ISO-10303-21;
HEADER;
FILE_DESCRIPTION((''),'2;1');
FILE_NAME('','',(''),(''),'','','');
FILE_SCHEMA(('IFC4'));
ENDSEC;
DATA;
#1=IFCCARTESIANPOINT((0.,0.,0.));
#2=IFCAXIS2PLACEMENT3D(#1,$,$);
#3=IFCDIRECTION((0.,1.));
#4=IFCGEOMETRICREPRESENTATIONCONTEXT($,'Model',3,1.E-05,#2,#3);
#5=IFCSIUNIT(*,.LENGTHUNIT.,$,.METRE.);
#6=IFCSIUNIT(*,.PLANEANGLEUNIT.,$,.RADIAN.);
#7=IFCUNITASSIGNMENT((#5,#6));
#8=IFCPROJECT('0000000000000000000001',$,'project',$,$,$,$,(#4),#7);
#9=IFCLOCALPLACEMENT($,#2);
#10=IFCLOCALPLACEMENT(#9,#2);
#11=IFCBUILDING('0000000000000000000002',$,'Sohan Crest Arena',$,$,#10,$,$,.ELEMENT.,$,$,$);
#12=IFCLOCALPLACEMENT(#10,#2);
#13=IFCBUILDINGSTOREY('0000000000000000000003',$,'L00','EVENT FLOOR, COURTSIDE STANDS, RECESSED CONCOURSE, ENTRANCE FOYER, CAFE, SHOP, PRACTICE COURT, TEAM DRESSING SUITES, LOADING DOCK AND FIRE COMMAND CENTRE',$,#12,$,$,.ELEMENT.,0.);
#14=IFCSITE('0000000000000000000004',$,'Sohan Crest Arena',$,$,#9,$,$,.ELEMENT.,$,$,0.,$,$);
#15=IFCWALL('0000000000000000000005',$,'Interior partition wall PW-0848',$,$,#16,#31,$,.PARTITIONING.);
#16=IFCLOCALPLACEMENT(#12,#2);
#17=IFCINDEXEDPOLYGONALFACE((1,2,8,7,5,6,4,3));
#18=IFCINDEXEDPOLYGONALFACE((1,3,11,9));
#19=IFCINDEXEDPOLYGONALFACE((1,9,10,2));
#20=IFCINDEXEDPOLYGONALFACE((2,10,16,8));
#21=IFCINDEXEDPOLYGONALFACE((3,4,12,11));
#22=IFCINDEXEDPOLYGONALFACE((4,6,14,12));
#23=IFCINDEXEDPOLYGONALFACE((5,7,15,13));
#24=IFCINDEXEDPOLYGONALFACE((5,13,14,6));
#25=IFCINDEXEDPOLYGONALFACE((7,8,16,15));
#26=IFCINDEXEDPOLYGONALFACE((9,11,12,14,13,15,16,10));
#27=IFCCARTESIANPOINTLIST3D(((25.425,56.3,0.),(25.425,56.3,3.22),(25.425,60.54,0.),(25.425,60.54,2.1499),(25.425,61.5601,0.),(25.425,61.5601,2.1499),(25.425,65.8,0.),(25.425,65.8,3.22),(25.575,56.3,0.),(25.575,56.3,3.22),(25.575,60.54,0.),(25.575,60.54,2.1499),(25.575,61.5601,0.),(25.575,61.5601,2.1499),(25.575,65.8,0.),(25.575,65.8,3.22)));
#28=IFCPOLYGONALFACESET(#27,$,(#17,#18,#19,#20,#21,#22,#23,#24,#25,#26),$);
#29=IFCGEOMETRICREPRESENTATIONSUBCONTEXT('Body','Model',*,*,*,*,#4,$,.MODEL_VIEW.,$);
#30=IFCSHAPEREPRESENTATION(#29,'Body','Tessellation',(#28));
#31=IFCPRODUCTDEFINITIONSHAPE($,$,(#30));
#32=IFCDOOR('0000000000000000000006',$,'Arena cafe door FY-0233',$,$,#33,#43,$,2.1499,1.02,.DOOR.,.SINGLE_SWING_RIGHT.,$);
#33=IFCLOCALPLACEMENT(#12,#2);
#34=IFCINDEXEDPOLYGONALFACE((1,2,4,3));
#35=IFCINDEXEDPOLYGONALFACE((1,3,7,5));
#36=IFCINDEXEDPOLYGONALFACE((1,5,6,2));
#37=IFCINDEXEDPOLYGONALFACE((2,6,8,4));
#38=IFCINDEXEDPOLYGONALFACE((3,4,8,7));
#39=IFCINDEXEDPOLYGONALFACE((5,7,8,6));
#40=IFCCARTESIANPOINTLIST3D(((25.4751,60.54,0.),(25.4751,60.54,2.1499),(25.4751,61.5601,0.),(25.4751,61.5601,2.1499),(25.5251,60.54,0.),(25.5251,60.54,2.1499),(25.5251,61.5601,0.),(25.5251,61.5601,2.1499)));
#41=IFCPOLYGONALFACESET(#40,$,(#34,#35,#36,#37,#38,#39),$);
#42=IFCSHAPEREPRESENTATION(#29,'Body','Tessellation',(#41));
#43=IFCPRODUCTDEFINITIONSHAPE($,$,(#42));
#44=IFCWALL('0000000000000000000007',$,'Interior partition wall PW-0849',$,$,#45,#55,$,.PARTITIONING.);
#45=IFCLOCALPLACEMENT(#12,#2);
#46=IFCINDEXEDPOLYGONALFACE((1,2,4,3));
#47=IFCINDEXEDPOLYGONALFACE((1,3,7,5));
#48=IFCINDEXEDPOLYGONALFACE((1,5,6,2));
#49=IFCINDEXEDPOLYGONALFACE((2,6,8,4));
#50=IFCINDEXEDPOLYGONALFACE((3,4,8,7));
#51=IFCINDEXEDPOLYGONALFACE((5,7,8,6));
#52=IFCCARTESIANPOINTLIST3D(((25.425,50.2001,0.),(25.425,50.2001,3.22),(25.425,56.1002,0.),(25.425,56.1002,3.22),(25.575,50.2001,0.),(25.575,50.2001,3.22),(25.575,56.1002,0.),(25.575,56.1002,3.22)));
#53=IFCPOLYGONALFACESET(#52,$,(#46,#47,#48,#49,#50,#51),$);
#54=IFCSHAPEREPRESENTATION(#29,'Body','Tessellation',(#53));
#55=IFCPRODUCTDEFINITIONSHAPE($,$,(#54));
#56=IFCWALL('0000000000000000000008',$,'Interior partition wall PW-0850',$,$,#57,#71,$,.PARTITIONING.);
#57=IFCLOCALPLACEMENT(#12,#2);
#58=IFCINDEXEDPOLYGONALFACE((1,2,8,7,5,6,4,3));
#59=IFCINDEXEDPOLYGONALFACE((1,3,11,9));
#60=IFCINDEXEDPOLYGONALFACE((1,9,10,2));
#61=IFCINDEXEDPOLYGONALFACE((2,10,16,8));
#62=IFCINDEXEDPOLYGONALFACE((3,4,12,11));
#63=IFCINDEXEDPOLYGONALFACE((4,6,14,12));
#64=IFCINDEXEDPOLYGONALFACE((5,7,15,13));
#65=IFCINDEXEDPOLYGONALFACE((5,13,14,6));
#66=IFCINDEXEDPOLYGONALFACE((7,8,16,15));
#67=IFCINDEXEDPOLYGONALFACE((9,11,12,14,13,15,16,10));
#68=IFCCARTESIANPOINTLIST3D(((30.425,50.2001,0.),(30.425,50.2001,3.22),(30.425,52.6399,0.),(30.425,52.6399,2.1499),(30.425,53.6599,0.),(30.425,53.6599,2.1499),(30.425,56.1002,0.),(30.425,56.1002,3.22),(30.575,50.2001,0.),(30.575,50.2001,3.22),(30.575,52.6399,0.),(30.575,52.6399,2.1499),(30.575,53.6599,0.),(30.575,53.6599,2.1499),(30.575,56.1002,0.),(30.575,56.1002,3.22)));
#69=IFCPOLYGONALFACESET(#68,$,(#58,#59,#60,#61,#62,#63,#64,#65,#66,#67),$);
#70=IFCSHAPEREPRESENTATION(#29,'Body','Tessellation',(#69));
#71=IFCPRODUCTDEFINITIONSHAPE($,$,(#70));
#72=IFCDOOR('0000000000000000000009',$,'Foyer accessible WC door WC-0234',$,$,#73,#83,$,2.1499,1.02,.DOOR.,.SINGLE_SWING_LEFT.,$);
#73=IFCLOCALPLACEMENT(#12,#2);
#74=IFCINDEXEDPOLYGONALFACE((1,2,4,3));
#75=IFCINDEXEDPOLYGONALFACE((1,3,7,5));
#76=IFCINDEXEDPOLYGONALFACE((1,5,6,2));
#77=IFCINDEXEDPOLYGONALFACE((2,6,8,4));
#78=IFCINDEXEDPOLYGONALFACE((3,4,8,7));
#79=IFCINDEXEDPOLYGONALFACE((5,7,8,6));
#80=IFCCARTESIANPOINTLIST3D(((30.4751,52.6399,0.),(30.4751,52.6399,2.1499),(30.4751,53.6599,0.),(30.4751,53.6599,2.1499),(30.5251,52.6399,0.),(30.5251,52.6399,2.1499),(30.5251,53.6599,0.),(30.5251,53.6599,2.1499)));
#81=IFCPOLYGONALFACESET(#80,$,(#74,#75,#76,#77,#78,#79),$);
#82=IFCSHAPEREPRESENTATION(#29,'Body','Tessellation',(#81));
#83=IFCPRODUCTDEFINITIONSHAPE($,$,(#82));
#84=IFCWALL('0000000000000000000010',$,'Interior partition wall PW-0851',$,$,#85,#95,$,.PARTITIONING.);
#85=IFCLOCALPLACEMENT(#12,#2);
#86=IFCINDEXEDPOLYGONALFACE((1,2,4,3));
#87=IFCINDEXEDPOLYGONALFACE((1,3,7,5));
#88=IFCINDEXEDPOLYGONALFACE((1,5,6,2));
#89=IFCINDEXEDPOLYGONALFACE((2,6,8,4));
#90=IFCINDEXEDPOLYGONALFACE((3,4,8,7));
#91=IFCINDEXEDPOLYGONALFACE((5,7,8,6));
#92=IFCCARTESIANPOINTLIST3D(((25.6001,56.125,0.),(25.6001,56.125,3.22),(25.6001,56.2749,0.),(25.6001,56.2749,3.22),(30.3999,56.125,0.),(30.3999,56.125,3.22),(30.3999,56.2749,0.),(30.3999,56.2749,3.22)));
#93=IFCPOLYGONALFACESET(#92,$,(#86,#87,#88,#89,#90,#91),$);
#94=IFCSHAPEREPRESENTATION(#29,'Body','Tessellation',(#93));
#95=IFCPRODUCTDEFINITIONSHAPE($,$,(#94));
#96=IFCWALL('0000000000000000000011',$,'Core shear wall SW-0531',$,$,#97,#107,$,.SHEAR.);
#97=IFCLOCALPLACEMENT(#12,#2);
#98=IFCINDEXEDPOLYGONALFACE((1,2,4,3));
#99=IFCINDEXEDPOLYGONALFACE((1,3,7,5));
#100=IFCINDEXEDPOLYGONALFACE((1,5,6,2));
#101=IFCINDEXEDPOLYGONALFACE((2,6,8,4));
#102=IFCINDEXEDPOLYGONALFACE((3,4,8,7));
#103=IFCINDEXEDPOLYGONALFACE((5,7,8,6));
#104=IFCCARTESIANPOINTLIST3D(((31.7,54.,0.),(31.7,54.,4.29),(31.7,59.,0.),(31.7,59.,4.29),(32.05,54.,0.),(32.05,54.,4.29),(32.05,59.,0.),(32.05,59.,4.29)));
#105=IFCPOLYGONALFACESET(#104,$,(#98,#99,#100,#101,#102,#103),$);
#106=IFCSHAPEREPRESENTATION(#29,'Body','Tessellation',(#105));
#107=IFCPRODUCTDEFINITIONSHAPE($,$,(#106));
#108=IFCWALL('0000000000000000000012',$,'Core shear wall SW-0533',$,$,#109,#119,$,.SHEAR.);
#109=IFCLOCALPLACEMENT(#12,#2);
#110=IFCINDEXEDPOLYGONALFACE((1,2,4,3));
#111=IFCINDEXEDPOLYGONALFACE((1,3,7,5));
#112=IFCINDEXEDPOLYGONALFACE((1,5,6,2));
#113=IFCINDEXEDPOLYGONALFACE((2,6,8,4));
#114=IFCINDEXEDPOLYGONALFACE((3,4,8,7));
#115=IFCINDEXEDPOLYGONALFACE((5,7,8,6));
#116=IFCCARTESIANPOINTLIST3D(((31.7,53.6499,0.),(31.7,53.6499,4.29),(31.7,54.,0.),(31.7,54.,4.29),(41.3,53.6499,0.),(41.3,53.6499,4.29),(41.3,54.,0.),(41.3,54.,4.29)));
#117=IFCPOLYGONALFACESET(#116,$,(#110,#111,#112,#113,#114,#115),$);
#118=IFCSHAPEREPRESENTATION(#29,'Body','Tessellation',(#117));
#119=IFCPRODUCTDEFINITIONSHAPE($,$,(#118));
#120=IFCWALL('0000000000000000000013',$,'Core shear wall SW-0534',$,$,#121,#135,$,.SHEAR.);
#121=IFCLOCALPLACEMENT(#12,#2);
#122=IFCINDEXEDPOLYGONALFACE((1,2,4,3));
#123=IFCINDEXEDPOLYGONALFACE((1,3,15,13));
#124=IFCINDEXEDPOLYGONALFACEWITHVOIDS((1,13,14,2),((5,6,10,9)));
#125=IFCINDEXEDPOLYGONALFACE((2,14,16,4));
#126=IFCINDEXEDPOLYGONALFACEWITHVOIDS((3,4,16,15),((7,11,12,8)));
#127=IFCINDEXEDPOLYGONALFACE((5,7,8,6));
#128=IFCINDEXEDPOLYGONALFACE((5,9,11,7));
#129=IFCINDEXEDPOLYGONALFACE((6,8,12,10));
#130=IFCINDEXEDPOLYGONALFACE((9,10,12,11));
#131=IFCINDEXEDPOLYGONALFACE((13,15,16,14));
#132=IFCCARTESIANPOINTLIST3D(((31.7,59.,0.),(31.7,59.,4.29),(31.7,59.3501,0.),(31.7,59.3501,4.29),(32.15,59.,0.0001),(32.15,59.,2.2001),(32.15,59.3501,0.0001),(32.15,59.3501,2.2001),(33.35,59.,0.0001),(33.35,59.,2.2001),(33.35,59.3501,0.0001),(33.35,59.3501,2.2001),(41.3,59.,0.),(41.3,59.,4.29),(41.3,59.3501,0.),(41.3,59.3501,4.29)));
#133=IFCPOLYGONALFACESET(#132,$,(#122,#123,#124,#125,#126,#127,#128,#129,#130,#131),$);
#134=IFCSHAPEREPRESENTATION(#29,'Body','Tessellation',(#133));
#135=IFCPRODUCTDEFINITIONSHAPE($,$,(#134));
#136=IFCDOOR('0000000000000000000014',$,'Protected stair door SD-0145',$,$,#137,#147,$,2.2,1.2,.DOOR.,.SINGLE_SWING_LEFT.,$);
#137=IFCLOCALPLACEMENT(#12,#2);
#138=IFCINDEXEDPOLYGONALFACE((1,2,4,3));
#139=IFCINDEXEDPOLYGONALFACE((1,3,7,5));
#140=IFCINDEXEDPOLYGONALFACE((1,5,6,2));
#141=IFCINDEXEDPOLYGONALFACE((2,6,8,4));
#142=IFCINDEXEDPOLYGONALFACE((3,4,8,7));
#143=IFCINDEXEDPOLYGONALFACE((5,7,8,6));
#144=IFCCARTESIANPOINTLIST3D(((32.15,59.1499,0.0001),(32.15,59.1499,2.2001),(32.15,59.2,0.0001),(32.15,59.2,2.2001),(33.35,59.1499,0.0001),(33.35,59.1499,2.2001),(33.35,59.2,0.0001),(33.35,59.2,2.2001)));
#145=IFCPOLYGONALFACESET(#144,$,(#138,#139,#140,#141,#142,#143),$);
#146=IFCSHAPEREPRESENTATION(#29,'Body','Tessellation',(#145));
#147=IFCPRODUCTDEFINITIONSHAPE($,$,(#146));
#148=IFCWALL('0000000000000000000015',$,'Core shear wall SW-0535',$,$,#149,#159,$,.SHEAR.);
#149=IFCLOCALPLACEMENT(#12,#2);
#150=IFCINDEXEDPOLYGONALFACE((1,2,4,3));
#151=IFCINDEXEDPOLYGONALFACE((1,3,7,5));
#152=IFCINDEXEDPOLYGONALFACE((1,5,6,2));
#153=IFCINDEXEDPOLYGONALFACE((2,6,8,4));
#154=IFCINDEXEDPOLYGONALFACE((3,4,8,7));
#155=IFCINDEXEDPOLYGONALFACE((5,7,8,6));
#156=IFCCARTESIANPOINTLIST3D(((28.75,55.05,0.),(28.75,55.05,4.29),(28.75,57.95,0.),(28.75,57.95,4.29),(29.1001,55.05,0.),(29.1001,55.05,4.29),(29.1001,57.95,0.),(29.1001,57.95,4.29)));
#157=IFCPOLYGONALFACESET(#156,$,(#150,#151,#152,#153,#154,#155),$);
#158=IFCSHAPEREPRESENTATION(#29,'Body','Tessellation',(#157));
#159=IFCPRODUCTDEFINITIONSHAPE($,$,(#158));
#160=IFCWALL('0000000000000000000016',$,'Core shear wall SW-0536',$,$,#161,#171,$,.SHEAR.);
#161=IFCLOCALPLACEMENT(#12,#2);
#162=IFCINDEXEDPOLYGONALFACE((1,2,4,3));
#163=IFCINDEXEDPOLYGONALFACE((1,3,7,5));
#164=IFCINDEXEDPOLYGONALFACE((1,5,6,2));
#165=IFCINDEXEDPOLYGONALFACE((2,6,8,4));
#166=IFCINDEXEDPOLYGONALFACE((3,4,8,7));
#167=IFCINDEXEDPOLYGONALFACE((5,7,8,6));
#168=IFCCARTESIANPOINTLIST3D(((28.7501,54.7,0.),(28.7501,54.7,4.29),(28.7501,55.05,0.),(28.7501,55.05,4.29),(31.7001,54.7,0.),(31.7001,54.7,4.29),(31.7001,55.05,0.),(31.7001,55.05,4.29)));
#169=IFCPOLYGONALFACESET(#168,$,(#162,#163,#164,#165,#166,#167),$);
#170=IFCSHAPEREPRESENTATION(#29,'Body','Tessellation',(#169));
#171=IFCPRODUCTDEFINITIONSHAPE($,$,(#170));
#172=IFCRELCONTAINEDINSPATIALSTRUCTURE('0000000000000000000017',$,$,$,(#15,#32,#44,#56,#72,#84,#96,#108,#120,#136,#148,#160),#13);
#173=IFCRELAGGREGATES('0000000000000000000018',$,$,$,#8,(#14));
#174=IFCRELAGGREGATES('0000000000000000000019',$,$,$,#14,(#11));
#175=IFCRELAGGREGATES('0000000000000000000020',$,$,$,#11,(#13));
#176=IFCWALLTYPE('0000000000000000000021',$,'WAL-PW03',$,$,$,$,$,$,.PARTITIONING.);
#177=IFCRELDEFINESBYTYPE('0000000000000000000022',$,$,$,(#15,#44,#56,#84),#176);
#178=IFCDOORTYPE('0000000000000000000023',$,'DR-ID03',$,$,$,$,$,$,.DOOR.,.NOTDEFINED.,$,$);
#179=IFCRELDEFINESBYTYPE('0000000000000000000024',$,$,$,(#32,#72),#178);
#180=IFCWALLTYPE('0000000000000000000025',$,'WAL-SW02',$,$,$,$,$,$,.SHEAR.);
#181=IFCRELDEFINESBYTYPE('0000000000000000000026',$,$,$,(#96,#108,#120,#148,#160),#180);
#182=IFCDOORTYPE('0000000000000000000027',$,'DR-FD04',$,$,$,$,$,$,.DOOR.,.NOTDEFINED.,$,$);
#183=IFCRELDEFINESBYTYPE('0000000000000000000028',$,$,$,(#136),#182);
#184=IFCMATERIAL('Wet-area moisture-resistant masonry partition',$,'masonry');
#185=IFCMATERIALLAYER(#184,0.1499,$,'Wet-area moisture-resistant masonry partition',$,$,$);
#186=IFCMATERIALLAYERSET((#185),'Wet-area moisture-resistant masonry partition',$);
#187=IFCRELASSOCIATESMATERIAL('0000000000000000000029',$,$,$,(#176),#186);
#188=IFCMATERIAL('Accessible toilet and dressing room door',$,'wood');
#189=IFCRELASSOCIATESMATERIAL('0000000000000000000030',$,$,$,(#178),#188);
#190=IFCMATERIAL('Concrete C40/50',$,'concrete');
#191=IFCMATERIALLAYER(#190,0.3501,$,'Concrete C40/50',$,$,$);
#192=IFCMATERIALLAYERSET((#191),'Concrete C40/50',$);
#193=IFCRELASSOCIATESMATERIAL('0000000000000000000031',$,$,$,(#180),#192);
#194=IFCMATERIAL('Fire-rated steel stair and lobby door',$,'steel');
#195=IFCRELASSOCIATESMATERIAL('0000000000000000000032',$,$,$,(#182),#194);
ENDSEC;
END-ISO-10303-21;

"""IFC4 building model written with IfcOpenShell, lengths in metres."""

from ifc_helpers import new_model, si_unit, direction, frame, frame_2d, origin, place, context, subcontext, project, spatial, rectangle, extrude, material, layer, layer_set, type_object, element, fill, save


model = new_model("IFC4")

# Units and contexts
model_context = context("Model", 3, precision=1e-05, world=origin(), true_north=direction((0.0, 1.0)))
body_context = subcontext(model_context, "Body", "Model", "MODEL_VIEW")
ifc_project = project(units=[si_unit("LENGTHUNIT", "METRE"), si_unit("PLANEANGLEUNIT", "RADIAN")], contexts=[model_context])

# Site, building, storey
site_placement = place(None, origin())
site = spatial("IfcSite", under=ifc_project, at=site_placement, Name="Sohan Crest Arena", CompositionType="ELEMENT", RefElevation=0.0)
building_placement = place(site_placement, origin())
building = spatial("IfcBuilding", under=site, at=building_placement, Name="Sohan Crest Arena", CompositionType="ELEMENT")
storey_placement = place(building_placement, origin())
storey = spatial("IfcBuildingStorey", under=building, at=storey_placement, Name="L00", Description="EVENT FLOOR, COURTSIDE STANDS, RECESSED CONCOURSE, ENTRANCE FOYER, CAFE, SHOP, PRACTICE COURT, TEAM DRESSING SUITES, LOADING DOCK AND FIRE COMMAND CENTRE", CompositionType="ELEMENT", Elevation=0.0)

# Shared definitions
ifc_material_1 = material(Name="Concrete C40/50", Category="concrete")

# Wall, opening, door
ifc_material_2 = material(Name="Wet-area moisture-resistant masonry partition", Category="masonry")
ifc_layer_1 = layer(ifc_material_2, 0.1499, Name="Wet-area moisture-resistant masonry partition")
ifc_layer_set_1 = layer_set([ifc_layer_1], Name="Wet-area moisture-resistant masonry partition")
wall_type_1 = type_object("IfcWallType", Name="WAL-PW03", PredefinedType="PARTITIONING", material=ifc_layer_set_1)
wall_1_placement = place(storey_placement, frame((25.5, 56.3, 0.0), z_axis=(0.0, 0.0, 1.0), x_axis=(0.0, 1.0, 0.0)))
wall_1 = element("IfcWall", 1, at=wall_1_placement, inside=storey, type_object=wall_type_1, Name="Interior partition wall PW-0848", PredefinedType="PARTITIONING", context=body_context, shape_type="SweptSolid", body=[
    extrude(rectangle(XDim=9.5, YDim=0.1499, at=frame_2d((4.75, 0.0))), origin(), (0.0, 0.0, 1.0), 3.22),
])
opening_1_placement = place(wall_1_placement, frame((4.24, 0.0, 0.0)))
opening_1 = element("IfcOpeningElement", 2, at=opening_1_placement, cuts=wall_1, PredefinedType="OPENING", context=body_context, shape_type="SweptSolid", body=[
    extrude(rectangle(XDim=1.02, YDim=2.1499, at=frame_2d((0.51, 1.075))), frame((0.0, 0.085, 0.0), z_axis=(0.0, -1.0, 0.0), x_axis=(1.0, 0.0, 0.0)), (0.0, 0.0, 1.0), 0.1699),
])
ifc_material_3 = material(Name="Accessible toilet and dressing room door", Category="wood")
door_type_1 = type_object("IfcDoorType", Name="DR-ID03", OperationType="NOTDEFINED", PredefinedType="DOOR", material=ifc_material_3)
door_1_placement = place(opening_1_placement, origin())
door_1 = element("IfcDoor", 3, at=door_1_placement, inside=storey, type_object=door_type_1, Name="Arena cafe door FY-0233", OperationType="SINGLE_SWING_RIGHT", OverallHeight=2.1499, OverallWidth=1.02, PredefinedType="DOOR", context=body_context, shape_type="SweptSolid", body=[
    extrude(rectangle(XDim=1.02, YDim=2.1499, at=frame_2d((0.51, 1.075))), frame((0.0, 0.0249, 0.0), z_axis=(0.0, -1.0, 0.0), x_axis=(1.0, 0.0, 0.0)), (0.0, 0.0, 1.0), 0.05),
])
fill(opening_1, door_1)

# Wall
wall_2_placement = place(storey_placement, frame((25.5, 50.2, 0.0), z_axis=(0.0, 0.0, 1.0), x_axis=(0.0, 1.0, 0.0)))
element("IfcWall", 4, at=wall_2_placement, inside=storey, type_object=wall_type_1, Name="Interior partition wall PW-0849", PredefinedType="PARTITIONING", context=body_context, shape_type="SweptSolid", body=[
    extrude(rectangle(XDim=5.9001, YDim=0.1499, at=frame_2d((2.9502, 0.0))), origin(), (0.0, 0.0, 1.0), 3.22),
])

# Wall, opening, door
wall_3_placement = place(storey_placement, frame((30.5, 50.2, 0.0), z_axis=(0.0, 0.0, 1.0), x_axis=(0.0, 1.0, 0.0)))
wall_3 = element("IfcWall", 5, at=wall_3_placement, inside=storey, type_object=wall_type_1, Name="Interior partition wall PW-0850", PredefinedType="PARTITIONING", context=body_context, shape_type="SweptSolid", body=[
    extrude(rectangle(XDim=5.9001, YDim=0.1499, at=frame_2d((2.9502, 0.0))), origin(), (0.0, 0.0, 1.0), 3.22),
])
opening_2_placement = place(wall_3_placement, frame((2.4399, 0.0, 0.0)))
opening_2 = element("IfcOpeningElement", 6, at=opening_2_placement, cuts=wall_3, PredefinedType="OPENING", context=body_context, shape_type="SweptSolid", body=[
    extrude(rectangle(XDim=1.02, YDim=2.1499, at=frame_2d((0.51, 1.075))), frame((0.0, 0.085, 0.0), z_axis=(0.0, -1.0, 0.0), x_axis=(1.0, 0.0, 0.0)), (0.0, 0.0, 1.0), 0.1699),
])
door_2_placement = place(opening_2_placement, origin())
door_2 = element("IfcDoor", 7, at=door_2_placement, inside=storey, type_object=door_type_1, Name="Foyer accessible WC door WC-0234", OperationType="SINGLE_SWING_LEFT", OverallHeight=2.1499, OverallWidth=1.02, PredefinedType="DOOR", context=body_context, shape_type="SweptSolid", body=[
    extrude(rectangle(XDim=1.02, YDim=2.1499, at=frame_2d((0.51, 1.075))), frame((0.0, 0.0249, 0.0), z_axis=(0.0, -1.0, 0.0), x_axis=(1.0, 0.0, 0.0)), (0.0, 0.0, 1.0), 0.05),
])
fill(opening_2, door_2)

# Walls
wall_4_placement = place(storey_placement, frame((25.6001, 56.2, 0.0), z_axis=(0.0, 0.0, 1.0), x_axis=(1.0, 0.0, 0.0)))
element("IfcWall", 8, at=wall_4_placement, inside=storey, type_object=wall_type_1, Name="Interior partition wall PW-0851", PredefinedType="PARTITIONING", context=body_context, shape_type="SweptSolid", body=[
    extrude(rectangle(XDim=4.7998, YDim=0.1499, at=frame_2d((2.3999, 0.0))), origin(), (0.0, 0.0, 1.0), 3.22),
])
ifc_layer_2 = layer(ifc_material_1, 0.3501, Name="Concrete C40/50")
ifc_layer_set_2 = layer_set([ifc_layer_2], Name="Concrete C40/50")
wall_type_2 = type_object("IfcWallType", Name="WAL-SW02", PredefinedType="SHEAR", material=ifc_layer_set_2)
wall_5_placement = place(storey_placement, frame((31.875, 54.0, 0.0), z_axis=(0.0, 0.0, 1.0), x_axis=(0.0, 1.0, 0.0)))
element("IfcWall", 9, at=wall_5_placement, inside=storey, type_object=wall_type_2, Name="Core shear wall SW-0531", PredefinedType="SHEAR", context=body_context, shape_type="SweptSolid", body=[
    extrude(rectangle(XDim=5.0, YDim=0.3501, at=frame_2d((2.5, 0.0))), origin(), (0.0, 0.0, 1.0), 4.29),
])
wall_6_placement = place(storey_placement, frame((31.7, 53.825, 0.0), z_axis=(0.0, 0.0, 1.0), x_axis=(1.0, 0.0, 0.0)))
element("IfcWall", 10, at=wall_6_placement, inside=storey, type_object=wall_type_2, Name="Core shear wall SW-0533", PredefinedType="SHEAR", context=body_context, shape_type="SweptSolid", body=[
    extrude(rectangle(XDim=9.6001, YDim=0.3501, at=frame_2d((4.8, 0.0))), origin(), (0.0, 0.0, 1.0), 4.29),
])

# Wall, opening, door
wall_7_placement = place(storey_placement, frame((31.7, 59.175, 0.0), z_axis=(0.0, 0.0, 1.0), x_axis=(1.0, 0.0, 0.0)))
wall_7 = element("IfcWall", 11, at=wall_7_placement, inside=storey, type_object=wall_type_2, Name="Core shear wall SW-0534", PredefinedType="SHEAR", context=body_context, shape_type="SweptSolid", body=[
    extrude(rectangle(XDim=9.6001, YDim=0.3501, at=frame_2d((4.8, 0.0))), origin(), (0.0, 0.0, 1.0), 4.29),
])
opening_3_placement = place(wall_7_placement, frame((0.45, 0.0, 0.0)))
opening_3 = element("IfcOpeningElement", 12, at=opening_3_placement, cuts=wall_7, PredefinedType="OPENING", context=body_context, shape_type="SweptSolid", body=[
    extrude(rectangle(XDim=1.2, YDim=2.2, at=frame_2d((0.6001, 1.1001))), frame((0.0, 0.1851, 0.0), z_axis=(0.0, -1.0, 0.0), x_axis=(1.0, 0.0, 0.0)), (0.0, 0.0, 1.0), 0.3701),
])
ifc_material_4 = material(Name="Fire-rated steel stair and lobby door", Category="steel")
door_type_2 = type_object("IfcDoorType", Name="DR-FD04", OperationType="NOTDEFINED", PredefinedType="DOOR", material=ifc_material_4)
door_3_placement = place(opening_3_placement, origin())
door_3 = element("IfcDoor", 13, at=door_3_placement, inside=storey, type_object=door_type_2, Name="Protected stair door SD-0145", OperationType="SINGLE_SWING_LEFT", OverallHeight=2.2, OverallWidth=1.2, PredefinedType="DOOR", context=body_context, shape_type="SweptSolid", body=[
    extrude(rectangle(XDim=1.2, YDim=2.2, at=frame_2d((0.6001, 1.1001))), frame((0.0, 0.0249, 0.0), z_axis=(0.0, -1.0, 0.0), x_axis=(1.0, 0.0, 0.0)), (0.0, 0.0, 1.0), 0.05),
])
fill(opening_3, door_3)

# Walls
wall_8_placement = place(storey_placement, frame((28.925, 55.05, 0.0), z_axis=(0.0, 0.0, 1.0), x_axis=(0.0, 1.0, 0.0)))
element("IfcWall", 14, at=wall_8_placement, inside=storey, type_object=wall_type_2, Name="Core shear wall SW-0535", PredefinedType="SHEAR", context=body_context, shape_type="SweptSolid", body=[
    extrude(rectangle(XDim=2.8999, YDim=0.3501, at=frame_2d((1.45, 0.0))), origin(), (0.0, 0.0, 1.0), 4.29),
])
wall_9_placement = place(storey_placement, frame((28.75, 54.875, 0.0), z_axis=(0.0, 0.0, 1.0), x_axis=(1.0, 0.0, 0.0)))
element("IfcWall", 15, at=wall_9_placement, inside=storey, type_object=wall_type_2, Name="Core shear wall SW-0536", PredefinedType="SHEAR", context=body_context, shape_type="SweptSolid", body=[
    extrude(rectangle(XDim=2.95, YDim=0.3501, at=frame_2d((1.4751, 0.0))), origin(), (0.0, 0.0, 1.0), 4.29),
])

save(model, "model.ifc")
